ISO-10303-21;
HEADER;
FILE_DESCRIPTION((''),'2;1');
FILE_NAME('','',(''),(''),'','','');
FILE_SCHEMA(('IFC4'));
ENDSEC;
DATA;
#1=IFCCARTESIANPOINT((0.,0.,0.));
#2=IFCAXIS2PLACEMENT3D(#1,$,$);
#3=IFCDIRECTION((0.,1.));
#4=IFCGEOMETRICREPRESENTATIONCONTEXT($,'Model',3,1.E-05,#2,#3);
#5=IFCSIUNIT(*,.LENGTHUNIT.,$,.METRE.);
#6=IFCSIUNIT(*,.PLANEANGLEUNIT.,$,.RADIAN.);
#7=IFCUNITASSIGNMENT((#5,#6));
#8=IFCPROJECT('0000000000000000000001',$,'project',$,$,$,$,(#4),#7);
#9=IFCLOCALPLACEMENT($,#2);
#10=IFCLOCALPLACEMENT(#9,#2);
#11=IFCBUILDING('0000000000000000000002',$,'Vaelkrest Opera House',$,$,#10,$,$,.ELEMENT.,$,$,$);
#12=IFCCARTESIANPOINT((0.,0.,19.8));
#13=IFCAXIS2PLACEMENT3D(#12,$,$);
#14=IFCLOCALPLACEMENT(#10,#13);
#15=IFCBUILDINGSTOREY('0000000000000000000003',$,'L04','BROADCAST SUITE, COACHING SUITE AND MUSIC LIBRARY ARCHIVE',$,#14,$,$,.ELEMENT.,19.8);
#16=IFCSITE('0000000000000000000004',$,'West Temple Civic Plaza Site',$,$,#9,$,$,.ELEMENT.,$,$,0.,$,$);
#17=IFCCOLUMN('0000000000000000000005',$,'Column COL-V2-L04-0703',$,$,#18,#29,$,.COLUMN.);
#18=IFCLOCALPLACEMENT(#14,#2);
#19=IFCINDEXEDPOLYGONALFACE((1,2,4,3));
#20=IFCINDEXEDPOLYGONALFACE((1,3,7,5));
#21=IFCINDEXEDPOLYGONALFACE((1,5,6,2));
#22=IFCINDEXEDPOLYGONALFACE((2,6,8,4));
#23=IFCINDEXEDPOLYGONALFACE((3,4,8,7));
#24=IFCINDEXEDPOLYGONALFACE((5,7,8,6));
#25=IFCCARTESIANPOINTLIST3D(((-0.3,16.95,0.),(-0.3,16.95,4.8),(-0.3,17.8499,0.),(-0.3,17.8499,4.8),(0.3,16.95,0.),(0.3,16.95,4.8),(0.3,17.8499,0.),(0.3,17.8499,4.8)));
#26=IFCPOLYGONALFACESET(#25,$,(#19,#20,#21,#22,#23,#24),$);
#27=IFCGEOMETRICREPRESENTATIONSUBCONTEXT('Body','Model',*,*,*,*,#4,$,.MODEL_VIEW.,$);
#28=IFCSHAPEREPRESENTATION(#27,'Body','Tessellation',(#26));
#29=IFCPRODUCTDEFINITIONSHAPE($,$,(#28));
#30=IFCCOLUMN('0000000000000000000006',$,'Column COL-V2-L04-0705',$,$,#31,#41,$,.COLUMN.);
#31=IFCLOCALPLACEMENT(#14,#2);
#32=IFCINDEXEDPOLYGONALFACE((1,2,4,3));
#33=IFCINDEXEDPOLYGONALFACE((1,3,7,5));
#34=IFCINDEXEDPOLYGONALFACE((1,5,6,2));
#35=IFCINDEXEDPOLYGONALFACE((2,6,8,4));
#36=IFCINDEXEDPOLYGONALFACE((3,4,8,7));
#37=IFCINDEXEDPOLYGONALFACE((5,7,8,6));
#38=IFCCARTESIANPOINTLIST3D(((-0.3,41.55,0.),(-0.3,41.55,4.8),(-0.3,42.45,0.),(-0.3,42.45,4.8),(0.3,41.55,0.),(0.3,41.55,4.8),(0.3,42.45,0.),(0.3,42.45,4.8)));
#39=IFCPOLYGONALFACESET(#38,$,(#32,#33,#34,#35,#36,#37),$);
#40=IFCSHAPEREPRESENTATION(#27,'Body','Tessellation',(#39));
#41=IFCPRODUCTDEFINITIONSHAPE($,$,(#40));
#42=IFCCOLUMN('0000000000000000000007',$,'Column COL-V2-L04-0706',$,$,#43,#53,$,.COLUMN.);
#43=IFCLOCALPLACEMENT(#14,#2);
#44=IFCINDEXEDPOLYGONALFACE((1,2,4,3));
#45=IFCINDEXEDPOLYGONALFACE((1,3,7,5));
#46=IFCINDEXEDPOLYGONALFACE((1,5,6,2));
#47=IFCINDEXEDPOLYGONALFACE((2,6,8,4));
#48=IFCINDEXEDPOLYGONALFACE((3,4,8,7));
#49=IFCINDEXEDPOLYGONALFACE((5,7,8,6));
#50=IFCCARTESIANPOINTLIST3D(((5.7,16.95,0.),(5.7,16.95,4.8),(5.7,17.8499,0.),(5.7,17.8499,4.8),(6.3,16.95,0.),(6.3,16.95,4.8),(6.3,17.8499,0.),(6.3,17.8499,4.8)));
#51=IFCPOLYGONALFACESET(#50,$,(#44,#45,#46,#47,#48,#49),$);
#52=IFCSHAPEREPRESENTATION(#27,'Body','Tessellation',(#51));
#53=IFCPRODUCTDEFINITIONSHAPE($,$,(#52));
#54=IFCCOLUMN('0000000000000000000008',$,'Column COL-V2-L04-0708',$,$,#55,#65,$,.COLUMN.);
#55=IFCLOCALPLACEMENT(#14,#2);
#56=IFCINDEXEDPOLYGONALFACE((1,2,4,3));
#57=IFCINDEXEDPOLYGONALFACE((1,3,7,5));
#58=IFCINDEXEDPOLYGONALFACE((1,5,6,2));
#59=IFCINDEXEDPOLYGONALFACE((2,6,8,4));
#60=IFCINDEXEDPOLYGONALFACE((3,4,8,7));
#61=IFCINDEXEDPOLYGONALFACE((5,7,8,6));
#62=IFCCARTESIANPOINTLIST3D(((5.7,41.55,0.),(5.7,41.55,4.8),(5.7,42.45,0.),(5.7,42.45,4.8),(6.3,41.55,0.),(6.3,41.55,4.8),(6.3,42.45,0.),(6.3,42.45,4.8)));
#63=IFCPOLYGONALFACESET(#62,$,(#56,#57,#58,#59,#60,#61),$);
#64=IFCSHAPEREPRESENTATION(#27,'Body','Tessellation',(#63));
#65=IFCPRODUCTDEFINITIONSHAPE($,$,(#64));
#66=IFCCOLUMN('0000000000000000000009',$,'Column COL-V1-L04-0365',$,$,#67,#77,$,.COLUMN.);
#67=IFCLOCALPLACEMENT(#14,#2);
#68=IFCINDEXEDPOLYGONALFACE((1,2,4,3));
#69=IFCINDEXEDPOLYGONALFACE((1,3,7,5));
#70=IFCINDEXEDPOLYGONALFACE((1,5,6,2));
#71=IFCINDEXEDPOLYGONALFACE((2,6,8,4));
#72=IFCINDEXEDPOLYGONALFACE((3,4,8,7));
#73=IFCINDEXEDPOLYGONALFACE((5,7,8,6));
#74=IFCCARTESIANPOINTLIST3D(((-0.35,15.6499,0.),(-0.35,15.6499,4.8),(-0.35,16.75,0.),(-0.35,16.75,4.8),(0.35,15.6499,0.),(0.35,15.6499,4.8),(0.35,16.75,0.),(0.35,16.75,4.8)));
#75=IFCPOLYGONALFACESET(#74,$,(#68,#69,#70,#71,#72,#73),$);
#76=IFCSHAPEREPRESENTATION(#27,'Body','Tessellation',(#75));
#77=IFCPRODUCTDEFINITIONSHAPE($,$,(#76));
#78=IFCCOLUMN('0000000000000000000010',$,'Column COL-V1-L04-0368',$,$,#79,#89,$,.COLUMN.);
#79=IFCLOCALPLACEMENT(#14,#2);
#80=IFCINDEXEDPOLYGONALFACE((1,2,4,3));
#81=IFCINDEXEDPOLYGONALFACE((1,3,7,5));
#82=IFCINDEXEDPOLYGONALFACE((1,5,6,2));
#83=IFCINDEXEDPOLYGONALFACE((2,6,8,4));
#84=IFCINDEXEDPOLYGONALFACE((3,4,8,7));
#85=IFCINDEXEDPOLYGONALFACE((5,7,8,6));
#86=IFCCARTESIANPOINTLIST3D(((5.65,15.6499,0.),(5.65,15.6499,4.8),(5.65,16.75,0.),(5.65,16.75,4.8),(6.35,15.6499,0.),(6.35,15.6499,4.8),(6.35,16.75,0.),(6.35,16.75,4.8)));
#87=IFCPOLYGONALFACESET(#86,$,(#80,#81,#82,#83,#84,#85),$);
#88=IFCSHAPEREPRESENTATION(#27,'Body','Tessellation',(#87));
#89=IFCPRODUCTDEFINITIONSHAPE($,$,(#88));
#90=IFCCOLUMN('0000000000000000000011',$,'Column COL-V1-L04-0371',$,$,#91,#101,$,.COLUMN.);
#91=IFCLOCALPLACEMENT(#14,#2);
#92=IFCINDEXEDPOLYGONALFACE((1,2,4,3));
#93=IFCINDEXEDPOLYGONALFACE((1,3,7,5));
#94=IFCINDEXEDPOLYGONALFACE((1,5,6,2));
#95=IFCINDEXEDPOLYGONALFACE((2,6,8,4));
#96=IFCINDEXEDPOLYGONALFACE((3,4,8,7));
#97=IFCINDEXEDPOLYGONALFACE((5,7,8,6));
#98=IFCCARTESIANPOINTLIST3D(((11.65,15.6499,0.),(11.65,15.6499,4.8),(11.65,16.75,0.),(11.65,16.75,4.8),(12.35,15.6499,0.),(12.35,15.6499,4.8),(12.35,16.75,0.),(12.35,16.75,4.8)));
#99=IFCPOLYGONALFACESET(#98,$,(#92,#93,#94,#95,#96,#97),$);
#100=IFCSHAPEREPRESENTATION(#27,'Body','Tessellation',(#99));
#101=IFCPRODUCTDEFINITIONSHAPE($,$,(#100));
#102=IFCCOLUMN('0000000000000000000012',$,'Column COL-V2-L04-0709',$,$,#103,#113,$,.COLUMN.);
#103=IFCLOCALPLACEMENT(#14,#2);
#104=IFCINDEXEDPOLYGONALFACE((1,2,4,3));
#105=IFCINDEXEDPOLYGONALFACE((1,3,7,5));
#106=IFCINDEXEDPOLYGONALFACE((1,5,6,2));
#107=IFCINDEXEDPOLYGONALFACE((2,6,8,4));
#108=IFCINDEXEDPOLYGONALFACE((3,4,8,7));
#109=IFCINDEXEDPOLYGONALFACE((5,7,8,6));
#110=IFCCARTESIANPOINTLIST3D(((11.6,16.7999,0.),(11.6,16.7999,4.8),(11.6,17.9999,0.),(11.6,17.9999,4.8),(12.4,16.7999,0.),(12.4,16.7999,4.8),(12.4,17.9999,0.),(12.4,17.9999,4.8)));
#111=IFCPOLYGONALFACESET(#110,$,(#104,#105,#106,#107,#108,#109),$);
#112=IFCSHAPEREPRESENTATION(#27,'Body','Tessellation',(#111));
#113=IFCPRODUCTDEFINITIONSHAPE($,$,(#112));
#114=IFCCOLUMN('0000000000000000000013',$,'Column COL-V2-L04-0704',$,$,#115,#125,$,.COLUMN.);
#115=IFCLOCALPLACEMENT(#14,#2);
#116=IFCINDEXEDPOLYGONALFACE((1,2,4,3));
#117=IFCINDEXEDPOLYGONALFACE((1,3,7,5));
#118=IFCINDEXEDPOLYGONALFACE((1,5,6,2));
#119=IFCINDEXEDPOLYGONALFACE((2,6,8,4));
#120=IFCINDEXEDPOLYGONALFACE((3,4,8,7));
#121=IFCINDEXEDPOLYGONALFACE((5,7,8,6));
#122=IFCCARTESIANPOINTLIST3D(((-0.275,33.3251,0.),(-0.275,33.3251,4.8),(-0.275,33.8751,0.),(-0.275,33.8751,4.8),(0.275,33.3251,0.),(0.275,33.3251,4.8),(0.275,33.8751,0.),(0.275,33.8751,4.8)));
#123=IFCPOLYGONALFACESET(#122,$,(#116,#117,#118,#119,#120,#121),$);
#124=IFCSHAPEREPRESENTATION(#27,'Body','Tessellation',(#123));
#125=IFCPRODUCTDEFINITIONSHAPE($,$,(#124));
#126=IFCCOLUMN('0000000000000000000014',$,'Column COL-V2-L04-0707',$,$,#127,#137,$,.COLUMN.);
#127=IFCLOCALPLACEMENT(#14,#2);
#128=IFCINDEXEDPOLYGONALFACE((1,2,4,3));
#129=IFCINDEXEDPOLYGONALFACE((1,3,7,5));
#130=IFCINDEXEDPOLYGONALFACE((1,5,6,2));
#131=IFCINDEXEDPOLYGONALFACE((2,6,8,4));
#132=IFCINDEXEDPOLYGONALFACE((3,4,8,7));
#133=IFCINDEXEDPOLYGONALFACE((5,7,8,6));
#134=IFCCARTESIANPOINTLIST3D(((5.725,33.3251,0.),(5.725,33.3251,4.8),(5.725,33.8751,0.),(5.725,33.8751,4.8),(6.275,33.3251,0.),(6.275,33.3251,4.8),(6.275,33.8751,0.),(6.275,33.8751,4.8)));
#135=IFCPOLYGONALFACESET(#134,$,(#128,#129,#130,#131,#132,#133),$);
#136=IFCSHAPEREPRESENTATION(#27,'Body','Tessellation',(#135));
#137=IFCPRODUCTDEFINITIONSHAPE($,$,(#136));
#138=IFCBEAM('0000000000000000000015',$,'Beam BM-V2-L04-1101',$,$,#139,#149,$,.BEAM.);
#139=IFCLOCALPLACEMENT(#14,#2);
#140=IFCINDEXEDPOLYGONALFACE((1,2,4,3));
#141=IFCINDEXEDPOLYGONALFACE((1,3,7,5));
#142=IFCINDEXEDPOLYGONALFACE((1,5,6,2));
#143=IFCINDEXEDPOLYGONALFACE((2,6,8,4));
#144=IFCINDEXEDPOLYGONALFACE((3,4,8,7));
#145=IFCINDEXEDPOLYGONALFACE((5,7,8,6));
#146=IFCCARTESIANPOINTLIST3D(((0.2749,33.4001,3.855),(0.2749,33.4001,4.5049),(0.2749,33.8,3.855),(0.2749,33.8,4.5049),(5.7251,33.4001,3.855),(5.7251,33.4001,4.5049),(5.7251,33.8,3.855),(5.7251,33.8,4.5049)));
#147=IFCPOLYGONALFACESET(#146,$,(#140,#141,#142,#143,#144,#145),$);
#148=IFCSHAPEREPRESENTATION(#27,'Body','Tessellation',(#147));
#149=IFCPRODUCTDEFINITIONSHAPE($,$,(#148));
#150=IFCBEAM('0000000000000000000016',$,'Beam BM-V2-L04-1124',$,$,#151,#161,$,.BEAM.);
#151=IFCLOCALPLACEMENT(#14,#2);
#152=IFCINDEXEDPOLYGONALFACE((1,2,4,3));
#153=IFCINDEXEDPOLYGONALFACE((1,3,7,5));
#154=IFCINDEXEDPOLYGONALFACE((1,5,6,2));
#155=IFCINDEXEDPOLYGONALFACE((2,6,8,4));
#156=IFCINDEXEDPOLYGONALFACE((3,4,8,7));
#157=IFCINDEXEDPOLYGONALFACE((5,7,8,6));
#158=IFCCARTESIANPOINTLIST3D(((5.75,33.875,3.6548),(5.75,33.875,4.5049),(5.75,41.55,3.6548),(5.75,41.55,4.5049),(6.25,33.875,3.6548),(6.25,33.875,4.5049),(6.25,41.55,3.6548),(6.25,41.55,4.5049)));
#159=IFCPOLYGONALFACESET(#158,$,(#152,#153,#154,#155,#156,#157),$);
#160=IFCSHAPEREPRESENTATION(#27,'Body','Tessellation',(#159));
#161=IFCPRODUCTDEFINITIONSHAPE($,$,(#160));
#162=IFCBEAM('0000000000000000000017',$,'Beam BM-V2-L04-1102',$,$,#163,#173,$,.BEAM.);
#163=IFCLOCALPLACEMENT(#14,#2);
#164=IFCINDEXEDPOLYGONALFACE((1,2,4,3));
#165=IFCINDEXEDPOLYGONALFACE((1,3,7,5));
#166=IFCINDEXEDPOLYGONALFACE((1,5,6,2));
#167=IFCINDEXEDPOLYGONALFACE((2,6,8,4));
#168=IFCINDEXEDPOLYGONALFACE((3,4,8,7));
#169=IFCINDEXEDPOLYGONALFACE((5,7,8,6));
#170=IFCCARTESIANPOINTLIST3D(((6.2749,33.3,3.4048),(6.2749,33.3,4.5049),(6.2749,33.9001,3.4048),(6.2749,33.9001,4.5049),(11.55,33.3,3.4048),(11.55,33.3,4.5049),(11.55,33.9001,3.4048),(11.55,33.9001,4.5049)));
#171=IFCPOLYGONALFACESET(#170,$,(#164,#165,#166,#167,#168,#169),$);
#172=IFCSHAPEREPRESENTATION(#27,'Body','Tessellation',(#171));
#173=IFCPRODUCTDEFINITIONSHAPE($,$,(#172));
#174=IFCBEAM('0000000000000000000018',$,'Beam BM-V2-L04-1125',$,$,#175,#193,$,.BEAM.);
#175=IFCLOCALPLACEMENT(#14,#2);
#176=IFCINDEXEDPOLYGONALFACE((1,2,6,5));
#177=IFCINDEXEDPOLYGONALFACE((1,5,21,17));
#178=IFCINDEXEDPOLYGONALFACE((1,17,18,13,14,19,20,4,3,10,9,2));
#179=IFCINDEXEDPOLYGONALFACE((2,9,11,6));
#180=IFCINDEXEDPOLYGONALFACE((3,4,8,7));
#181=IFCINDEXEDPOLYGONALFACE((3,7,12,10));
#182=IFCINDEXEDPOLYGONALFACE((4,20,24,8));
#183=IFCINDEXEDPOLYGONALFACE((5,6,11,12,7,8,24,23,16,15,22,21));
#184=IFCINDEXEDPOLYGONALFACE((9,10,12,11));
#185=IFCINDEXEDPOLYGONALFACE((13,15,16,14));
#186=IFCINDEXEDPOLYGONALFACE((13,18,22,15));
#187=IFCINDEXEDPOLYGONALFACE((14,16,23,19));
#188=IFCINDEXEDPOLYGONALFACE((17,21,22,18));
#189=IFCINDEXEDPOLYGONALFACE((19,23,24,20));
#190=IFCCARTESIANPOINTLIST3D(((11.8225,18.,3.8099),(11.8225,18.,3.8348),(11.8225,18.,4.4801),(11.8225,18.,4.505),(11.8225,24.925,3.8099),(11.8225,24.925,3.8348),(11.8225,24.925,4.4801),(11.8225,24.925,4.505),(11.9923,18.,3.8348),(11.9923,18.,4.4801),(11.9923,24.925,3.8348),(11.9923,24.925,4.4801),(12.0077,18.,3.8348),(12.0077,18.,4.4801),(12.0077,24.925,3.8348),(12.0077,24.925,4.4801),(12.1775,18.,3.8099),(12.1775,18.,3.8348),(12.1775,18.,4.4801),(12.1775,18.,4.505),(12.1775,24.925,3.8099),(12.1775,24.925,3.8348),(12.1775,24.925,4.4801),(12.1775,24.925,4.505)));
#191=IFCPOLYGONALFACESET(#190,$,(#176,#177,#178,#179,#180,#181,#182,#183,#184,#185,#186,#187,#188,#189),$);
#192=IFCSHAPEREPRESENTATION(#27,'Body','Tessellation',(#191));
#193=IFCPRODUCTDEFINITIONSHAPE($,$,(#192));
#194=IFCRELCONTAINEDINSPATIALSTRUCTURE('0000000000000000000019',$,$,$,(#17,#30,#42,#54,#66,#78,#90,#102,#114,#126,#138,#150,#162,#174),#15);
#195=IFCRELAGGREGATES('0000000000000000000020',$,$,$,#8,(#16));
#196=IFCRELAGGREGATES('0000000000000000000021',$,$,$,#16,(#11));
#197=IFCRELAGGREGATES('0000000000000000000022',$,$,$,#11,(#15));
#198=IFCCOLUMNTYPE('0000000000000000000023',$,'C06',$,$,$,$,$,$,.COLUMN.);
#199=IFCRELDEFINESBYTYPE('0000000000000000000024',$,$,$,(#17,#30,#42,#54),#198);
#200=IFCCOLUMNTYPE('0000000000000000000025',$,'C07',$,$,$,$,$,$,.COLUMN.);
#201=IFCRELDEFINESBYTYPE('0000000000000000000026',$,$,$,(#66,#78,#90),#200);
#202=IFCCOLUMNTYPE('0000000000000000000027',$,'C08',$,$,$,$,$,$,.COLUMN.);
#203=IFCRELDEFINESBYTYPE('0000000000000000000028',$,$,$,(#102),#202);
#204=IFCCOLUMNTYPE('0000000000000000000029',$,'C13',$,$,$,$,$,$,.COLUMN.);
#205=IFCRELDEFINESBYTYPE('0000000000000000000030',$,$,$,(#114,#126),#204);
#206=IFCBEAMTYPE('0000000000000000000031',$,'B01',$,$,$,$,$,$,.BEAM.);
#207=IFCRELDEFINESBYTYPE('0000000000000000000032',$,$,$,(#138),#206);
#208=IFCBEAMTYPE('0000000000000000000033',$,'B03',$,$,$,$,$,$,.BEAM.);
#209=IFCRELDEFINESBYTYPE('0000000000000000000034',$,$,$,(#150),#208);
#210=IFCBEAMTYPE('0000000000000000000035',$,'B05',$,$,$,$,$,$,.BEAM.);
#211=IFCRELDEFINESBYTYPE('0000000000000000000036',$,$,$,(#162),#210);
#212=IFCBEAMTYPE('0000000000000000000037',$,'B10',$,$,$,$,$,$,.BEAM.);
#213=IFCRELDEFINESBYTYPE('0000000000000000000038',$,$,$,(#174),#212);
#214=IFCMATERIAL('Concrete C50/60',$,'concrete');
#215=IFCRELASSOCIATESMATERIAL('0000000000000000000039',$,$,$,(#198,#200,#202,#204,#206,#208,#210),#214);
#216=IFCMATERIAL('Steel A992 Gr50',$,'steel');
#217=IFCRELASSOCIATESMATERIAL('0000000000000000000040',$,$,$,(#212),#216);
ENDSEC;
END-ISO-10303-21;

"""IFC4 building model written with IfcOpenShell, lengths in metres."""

from ifc_helpers import new_model, si_unit, direction, frame, origin, origin_2d, place, context, subcontext, project, spatial, rectangle, i_section, extrude, material, material_profile, profile_set, type_object, element, save


model = new_model("IFC4")

# Units and contexts
model_context = context("Model", 3, precision=1e-05, world=origin(), true_north=direction((0.0, 1.0)))
body_context = subcontext(model_context, "Body", "Model", "MODEL_VIEW")
ifc_project = project(units=[si_unit("LENGTHUNIT", "METRE"), si_unit("PLANEANGLEUNIT", "RADIAN")], contexts=[model_context])

# Site, building, storey
site_placement = place(None, origin())
site = spatial("IfcSite", under=ifc_project, at=site_placement, Name="West Temple Civic Plaza Site", CompositionType="ELEMENT", RefElevation=0.0)
building_placement = place(site_placement, origin())
building = spatial("IfcBuilding", under=site, at=building_placement, Name="Vaelkrest Opera House", CompositionType="ELEMENT")
storey_placement = place(building_placement, frame((0.0, 0.0, 19.8)))
storey = spatial("IfcBuildingStorey", under=building, at=storey_placement, Name="L04", Description="BROADCAST SUITE, COACHING SUITE AND MUSIC LIBRARY ARCHIVE", CompositionType="ELEMENT", Elevation=19.8)

# Columns
ifc_material_1 = material(Name="Concrete C50/60", Category="concrete")
ifc_material_profile_1 = material_profile(ifc_material_1, rectangle(XDim=0.6001, YDim=0.8999, at=origin_2d()), Name="RC600X900")
ifc_profile_set_1 = profile_set([ifc_material_profile_1], Name="Concrete C50/60")
column_type_1 = type_object("IfcColumnType", Name="C06", PredefinedType="COLUMN", material=ifc_profile_set_1)
for number, where, z_axis, x_axis, name in (
    (1, (0.0, 17.3999, 0.0), (0.0, 0.0, 1.0), (1.0, 0.0, 0.0), "Column COL-V2-L04-0703"),
    (2, (0.0, 42.0, 0.0), (0.0, 0.0, 1.0), (1.0, 0.0, 0.0), "Column COL-V2-L04-0705"),
    (3, (6.0, 17.3999, 0.0), (0.0, 0.0, 1.0), (1.0, 0.0, 0.0), "Column COL-V2-L04-0706"),
    (4, (6.0, 42.0, 0.0), (0.0, 0.0, 1.0), (1.0, 0.0, 0.0), "Column COL-V2-L04-0708"),
):
    element("IfcColumn", number, at=place(storey_placement, frame(where, z_axis=z_axis, x_axis=x_axis)), inside=storey, type_object=column_type_1, Name=name, PredefinedType="COLUMN", context=body_context, shape_type="SweptSolid", body=[
        extrude(rectangle(XDim=0.6001, YDim=0.8999, at=origin_2d()), origin(), (0.0, 0.0, 1.0), 4.8),
    ])
ifc_material_profile_2 = material_profile(ifc_material_1, rectangle(XDim=0.7, YDim=1.1001, at=origin_2d()), Name="RC700X1100")
ifc_profile_set_2 = profile_set([ifc_material_profile_2], Name="Concrete C50/60")
column_type_2 = type_object("IfcColumnType", Name="C07", PredefinedType="COLUMN", material=ifc_profile_set_2)
for number, where, z_axis, x_axis, name in (
    (5, (0.0, 16.2, 0.0), (0.0, 0.0, 1.0), (1.0, 0.0, 0.0), "Column COL-V1-L04-0365"),
    (6, (6.0, 16.2, 0.0), (0.0, 0.0, 1.0), (1.0, 0.0, 0.0), "Column COL-V1-L04-0368"),
    (7, (12.0, 16.2, 0.0), (0.0, 0.0, 1.0), (1.0, 0.0, 0.0), "Column COL-V1-L04-0371"),
):
    element("IfcColumn", number, at=place(storey_placement, frame(where, z_axis=z_axis, x_axis=x_axis)), inside=storey, type_object=column_type_2, Name=name, PredefinedType="COLUMN", context=body_context, shape_type="SweptSolid", body=[
        extrude(rectangle(XDim=0.7, YDim=1.1001, at=origin_2d()), origin(), (0.0, 0.0, 1.0), 4.8),
    ])
ifc_material_profile_3 = material_profile(ifc_material_1, rectangle(XDim=0.8, YDim=1.2, at=origin_2d()), Name="RC800X1200")
ifc_profile_set_3 = profile_set([ifc_material_profile_3], Name="Concrete C50/60")
column_type_3 = type_object("IfcColumnType", Name="C08", PredefinedType="COLUMN", material=ifc_profile_set_3)
column_placement = place(storey_placement, frame((12.0, 17.3999, 0.0), z_axis=(0.0, 0.0, 1.0), x_axis=(1.0, 0.0, 0.0)))
element("IfcColumn", 8, at=column_placement, inside=storey, type_object=column_type_3, Name="Column COL-V2-L04-0709", PredefinedType="COLUMN", context=body_context, shape_type="SweptSolid", body=[
    extrude(rectangle(XDim=0.8, YDim=1.2, at=origin_2d()), origin(), (0.0, 0.0, 1.0), 4.8),
])
ifc_material_profile_4 = material_profile(ifc_material_1, rectangle(XDim=0.55, YDim=0.55, at=origin_2d()), Name="RC550X550")
ifc_profile_set_4 = profile_set([ifc_material_profile_4], Name="Concrete C50/60")
column_type_4 = type_object("IfcColumnType", Name="C13", PredefinedType="COLUMN", material=ifc_profile_set_4)
for number, where, z_axis, x_axis, name in (
    (9, (0.0, 33.6001, 0.0), (0.0, 0.0, 1.0), (1.0, 0.0, 0.0), "Column COL-V2-L04-0704"),
    (10, (6.0, 33.6001, 0.0), (0.0, 0.0, 1.0), (1.0, 0.0, 0.0), "Column COL-V2-L04-0707"),
):
    element("IfcColumn", number, at=place(storey_placement, frame(where, z_axis=z_axis, x_axis=x_axis)), inside=storey, type_object=column_type_4, Name=name, PredefinedType="COLUMN", context=body_context, shape_type="SweptSolid", body=[
        extrude(rectangle(XDim=0.55, YDim=0.55, at=origin_2d()), origin(), (0.0, 0.0, 1.0), 4.8),
    ])

# Beams
ifc_material_profile_5 = material_profile(ifc_material_1, rectangle(XDim=0.3999, YDim=0.6499, at=origin_2d()), Name="RCB400X650")
ifc_profile_set_5 = profile_set([ifc_material_profile_5], Name="Concrete C50/60")
beam_type_1 = type_object("IfcBeamType", Name="B01", PredefinedType="BEAM", material=ifc_profile_set_5)
beam_1_placement = place(storey_placement, frame((0.2749, 33.6001, 4.1799), z_axis=(1.0, 0.0, 0.0), x_axis=(0.0, 1.0, 0.0)))
element("IfcBeam", 11, at=beam_1_placement, inside=storey, type_object=beam_type_1, Name="Beam BM-V2-L04-1101", PredefinedType="BEAM", context=body_context, shape_type="SweptSolid", body=[
    extrude(rectangle(XDim=0.3999, YDim=0.6499, at=origin_2d()), origin(), (0.0, 0.0, 1.0), 5.4502),
])
ifc_material_profile_6 = material_profile(ifc_material_1, rectangle(XDim=0.5, YDim=0.8501, at=origin_2d()), Name="RCB500X850")
ifc_profile_set_6 = profile_set([ifc_material_profile_6], Name="Concrete C50/60")
beam_type_2 = type_object("IfcBeamType", Name="B03", PredefinedType="BEAM", material=ifc_profile_set_6)
beam_2_placement = place(storey_placement, frame((6.0, 33.875, 4.0798), z_axis=(0.0, 1.0, 0.0), x_axis=(-1.0, 0.0, 0.0)))
element("IfcBeam", 12, at=beam_2_placement, inside=storey, type_object=beam_type_2, Name="Beam BM-V2-L04-1124", PredefinedType="BEAM", context=body_context, shape_type="SweptSolid", body=[
    extrude(rectangle(XDim=0.5, YDim=0.8501, at=origin_2d()), origin(), (0.0, 0.0, 1.0), 7.675),
])
ifc_material_profile_7 = material_profile(ifc_material_1, rectangle(XDim=0.6001, YDim=1.1001, at=origin_2d()), Name="RCB600X1100")
ifc_profile_set_7 = profile_set([ifc_material_profile_7], Name="Concrete C50/60")
beam_type_3 = type_object("IfcBeamType", Name="B05", PredefinedType="BEAM", material=ifc_profile_set_7)
beam_3_placement = place(storey_placement, frame((6.2749, 33.6001, 3.9548), z_axis=(1.0, 0.0, 0.0), x_axis=(0.0, 1.0, 0.0)))
element("IfcBeam", 13, at=beam_3_placement, inside=storey, type_object=beam_type_3, Name="Beam BM-V2-L04-1102", PredefinedType="BEAM", context=body_context, shape_type="SweptSolid", body=[
    extrude(rectangle(XDim=0.6001, YDim=1.1001, at=origin_2d()), origin(), (0.0, 0.0, 1.0), 5.2751),
])
ifc_material_2 = material(Name="Steel A992 Gr50", Category="steel")
ifc_material_profile_8 = material_profile(ifc_material_2, i_section(OverallWidth=0.355, OverallDepth=0.6951, WebThickness=0.0154, FlangeThickness=0.0249, at=origin_2d()), Name="W27X146")
ifc_profile_set_8 = profile_set([ifc_material_profile_8], Name="Steel A992 Gr50")
beam_type_4 = type_object("IfcBeamType", Name="B10", PredefinedType="BEAM", material=ifc_profile_set_8)
beam_4_placement = place(storey_placement, frame((12.0, 18.0, 4.1575), z_axis=(0.0, 1.0, 0.0), x_axis=(-1.0, 0.0, 0.0)))
element("IfcBeam", 14, at=beam_4_placement, inside=storey, type_object=beam_type_4, Name="Beam BM-V2-L04-1125", PredefinedType="BEAM", context=body_context, shape_type="SweptSolid", body=[
    extrude(i_section(OverallWidth=0.355, OverallDepth=0.6951, WebThickness=0.0154, FlangeThickness=0.0249, at=origin_2d()), origin(), (0.0, 0.0, 1.0), 6.925),
])

save(model, "model.ifc")
